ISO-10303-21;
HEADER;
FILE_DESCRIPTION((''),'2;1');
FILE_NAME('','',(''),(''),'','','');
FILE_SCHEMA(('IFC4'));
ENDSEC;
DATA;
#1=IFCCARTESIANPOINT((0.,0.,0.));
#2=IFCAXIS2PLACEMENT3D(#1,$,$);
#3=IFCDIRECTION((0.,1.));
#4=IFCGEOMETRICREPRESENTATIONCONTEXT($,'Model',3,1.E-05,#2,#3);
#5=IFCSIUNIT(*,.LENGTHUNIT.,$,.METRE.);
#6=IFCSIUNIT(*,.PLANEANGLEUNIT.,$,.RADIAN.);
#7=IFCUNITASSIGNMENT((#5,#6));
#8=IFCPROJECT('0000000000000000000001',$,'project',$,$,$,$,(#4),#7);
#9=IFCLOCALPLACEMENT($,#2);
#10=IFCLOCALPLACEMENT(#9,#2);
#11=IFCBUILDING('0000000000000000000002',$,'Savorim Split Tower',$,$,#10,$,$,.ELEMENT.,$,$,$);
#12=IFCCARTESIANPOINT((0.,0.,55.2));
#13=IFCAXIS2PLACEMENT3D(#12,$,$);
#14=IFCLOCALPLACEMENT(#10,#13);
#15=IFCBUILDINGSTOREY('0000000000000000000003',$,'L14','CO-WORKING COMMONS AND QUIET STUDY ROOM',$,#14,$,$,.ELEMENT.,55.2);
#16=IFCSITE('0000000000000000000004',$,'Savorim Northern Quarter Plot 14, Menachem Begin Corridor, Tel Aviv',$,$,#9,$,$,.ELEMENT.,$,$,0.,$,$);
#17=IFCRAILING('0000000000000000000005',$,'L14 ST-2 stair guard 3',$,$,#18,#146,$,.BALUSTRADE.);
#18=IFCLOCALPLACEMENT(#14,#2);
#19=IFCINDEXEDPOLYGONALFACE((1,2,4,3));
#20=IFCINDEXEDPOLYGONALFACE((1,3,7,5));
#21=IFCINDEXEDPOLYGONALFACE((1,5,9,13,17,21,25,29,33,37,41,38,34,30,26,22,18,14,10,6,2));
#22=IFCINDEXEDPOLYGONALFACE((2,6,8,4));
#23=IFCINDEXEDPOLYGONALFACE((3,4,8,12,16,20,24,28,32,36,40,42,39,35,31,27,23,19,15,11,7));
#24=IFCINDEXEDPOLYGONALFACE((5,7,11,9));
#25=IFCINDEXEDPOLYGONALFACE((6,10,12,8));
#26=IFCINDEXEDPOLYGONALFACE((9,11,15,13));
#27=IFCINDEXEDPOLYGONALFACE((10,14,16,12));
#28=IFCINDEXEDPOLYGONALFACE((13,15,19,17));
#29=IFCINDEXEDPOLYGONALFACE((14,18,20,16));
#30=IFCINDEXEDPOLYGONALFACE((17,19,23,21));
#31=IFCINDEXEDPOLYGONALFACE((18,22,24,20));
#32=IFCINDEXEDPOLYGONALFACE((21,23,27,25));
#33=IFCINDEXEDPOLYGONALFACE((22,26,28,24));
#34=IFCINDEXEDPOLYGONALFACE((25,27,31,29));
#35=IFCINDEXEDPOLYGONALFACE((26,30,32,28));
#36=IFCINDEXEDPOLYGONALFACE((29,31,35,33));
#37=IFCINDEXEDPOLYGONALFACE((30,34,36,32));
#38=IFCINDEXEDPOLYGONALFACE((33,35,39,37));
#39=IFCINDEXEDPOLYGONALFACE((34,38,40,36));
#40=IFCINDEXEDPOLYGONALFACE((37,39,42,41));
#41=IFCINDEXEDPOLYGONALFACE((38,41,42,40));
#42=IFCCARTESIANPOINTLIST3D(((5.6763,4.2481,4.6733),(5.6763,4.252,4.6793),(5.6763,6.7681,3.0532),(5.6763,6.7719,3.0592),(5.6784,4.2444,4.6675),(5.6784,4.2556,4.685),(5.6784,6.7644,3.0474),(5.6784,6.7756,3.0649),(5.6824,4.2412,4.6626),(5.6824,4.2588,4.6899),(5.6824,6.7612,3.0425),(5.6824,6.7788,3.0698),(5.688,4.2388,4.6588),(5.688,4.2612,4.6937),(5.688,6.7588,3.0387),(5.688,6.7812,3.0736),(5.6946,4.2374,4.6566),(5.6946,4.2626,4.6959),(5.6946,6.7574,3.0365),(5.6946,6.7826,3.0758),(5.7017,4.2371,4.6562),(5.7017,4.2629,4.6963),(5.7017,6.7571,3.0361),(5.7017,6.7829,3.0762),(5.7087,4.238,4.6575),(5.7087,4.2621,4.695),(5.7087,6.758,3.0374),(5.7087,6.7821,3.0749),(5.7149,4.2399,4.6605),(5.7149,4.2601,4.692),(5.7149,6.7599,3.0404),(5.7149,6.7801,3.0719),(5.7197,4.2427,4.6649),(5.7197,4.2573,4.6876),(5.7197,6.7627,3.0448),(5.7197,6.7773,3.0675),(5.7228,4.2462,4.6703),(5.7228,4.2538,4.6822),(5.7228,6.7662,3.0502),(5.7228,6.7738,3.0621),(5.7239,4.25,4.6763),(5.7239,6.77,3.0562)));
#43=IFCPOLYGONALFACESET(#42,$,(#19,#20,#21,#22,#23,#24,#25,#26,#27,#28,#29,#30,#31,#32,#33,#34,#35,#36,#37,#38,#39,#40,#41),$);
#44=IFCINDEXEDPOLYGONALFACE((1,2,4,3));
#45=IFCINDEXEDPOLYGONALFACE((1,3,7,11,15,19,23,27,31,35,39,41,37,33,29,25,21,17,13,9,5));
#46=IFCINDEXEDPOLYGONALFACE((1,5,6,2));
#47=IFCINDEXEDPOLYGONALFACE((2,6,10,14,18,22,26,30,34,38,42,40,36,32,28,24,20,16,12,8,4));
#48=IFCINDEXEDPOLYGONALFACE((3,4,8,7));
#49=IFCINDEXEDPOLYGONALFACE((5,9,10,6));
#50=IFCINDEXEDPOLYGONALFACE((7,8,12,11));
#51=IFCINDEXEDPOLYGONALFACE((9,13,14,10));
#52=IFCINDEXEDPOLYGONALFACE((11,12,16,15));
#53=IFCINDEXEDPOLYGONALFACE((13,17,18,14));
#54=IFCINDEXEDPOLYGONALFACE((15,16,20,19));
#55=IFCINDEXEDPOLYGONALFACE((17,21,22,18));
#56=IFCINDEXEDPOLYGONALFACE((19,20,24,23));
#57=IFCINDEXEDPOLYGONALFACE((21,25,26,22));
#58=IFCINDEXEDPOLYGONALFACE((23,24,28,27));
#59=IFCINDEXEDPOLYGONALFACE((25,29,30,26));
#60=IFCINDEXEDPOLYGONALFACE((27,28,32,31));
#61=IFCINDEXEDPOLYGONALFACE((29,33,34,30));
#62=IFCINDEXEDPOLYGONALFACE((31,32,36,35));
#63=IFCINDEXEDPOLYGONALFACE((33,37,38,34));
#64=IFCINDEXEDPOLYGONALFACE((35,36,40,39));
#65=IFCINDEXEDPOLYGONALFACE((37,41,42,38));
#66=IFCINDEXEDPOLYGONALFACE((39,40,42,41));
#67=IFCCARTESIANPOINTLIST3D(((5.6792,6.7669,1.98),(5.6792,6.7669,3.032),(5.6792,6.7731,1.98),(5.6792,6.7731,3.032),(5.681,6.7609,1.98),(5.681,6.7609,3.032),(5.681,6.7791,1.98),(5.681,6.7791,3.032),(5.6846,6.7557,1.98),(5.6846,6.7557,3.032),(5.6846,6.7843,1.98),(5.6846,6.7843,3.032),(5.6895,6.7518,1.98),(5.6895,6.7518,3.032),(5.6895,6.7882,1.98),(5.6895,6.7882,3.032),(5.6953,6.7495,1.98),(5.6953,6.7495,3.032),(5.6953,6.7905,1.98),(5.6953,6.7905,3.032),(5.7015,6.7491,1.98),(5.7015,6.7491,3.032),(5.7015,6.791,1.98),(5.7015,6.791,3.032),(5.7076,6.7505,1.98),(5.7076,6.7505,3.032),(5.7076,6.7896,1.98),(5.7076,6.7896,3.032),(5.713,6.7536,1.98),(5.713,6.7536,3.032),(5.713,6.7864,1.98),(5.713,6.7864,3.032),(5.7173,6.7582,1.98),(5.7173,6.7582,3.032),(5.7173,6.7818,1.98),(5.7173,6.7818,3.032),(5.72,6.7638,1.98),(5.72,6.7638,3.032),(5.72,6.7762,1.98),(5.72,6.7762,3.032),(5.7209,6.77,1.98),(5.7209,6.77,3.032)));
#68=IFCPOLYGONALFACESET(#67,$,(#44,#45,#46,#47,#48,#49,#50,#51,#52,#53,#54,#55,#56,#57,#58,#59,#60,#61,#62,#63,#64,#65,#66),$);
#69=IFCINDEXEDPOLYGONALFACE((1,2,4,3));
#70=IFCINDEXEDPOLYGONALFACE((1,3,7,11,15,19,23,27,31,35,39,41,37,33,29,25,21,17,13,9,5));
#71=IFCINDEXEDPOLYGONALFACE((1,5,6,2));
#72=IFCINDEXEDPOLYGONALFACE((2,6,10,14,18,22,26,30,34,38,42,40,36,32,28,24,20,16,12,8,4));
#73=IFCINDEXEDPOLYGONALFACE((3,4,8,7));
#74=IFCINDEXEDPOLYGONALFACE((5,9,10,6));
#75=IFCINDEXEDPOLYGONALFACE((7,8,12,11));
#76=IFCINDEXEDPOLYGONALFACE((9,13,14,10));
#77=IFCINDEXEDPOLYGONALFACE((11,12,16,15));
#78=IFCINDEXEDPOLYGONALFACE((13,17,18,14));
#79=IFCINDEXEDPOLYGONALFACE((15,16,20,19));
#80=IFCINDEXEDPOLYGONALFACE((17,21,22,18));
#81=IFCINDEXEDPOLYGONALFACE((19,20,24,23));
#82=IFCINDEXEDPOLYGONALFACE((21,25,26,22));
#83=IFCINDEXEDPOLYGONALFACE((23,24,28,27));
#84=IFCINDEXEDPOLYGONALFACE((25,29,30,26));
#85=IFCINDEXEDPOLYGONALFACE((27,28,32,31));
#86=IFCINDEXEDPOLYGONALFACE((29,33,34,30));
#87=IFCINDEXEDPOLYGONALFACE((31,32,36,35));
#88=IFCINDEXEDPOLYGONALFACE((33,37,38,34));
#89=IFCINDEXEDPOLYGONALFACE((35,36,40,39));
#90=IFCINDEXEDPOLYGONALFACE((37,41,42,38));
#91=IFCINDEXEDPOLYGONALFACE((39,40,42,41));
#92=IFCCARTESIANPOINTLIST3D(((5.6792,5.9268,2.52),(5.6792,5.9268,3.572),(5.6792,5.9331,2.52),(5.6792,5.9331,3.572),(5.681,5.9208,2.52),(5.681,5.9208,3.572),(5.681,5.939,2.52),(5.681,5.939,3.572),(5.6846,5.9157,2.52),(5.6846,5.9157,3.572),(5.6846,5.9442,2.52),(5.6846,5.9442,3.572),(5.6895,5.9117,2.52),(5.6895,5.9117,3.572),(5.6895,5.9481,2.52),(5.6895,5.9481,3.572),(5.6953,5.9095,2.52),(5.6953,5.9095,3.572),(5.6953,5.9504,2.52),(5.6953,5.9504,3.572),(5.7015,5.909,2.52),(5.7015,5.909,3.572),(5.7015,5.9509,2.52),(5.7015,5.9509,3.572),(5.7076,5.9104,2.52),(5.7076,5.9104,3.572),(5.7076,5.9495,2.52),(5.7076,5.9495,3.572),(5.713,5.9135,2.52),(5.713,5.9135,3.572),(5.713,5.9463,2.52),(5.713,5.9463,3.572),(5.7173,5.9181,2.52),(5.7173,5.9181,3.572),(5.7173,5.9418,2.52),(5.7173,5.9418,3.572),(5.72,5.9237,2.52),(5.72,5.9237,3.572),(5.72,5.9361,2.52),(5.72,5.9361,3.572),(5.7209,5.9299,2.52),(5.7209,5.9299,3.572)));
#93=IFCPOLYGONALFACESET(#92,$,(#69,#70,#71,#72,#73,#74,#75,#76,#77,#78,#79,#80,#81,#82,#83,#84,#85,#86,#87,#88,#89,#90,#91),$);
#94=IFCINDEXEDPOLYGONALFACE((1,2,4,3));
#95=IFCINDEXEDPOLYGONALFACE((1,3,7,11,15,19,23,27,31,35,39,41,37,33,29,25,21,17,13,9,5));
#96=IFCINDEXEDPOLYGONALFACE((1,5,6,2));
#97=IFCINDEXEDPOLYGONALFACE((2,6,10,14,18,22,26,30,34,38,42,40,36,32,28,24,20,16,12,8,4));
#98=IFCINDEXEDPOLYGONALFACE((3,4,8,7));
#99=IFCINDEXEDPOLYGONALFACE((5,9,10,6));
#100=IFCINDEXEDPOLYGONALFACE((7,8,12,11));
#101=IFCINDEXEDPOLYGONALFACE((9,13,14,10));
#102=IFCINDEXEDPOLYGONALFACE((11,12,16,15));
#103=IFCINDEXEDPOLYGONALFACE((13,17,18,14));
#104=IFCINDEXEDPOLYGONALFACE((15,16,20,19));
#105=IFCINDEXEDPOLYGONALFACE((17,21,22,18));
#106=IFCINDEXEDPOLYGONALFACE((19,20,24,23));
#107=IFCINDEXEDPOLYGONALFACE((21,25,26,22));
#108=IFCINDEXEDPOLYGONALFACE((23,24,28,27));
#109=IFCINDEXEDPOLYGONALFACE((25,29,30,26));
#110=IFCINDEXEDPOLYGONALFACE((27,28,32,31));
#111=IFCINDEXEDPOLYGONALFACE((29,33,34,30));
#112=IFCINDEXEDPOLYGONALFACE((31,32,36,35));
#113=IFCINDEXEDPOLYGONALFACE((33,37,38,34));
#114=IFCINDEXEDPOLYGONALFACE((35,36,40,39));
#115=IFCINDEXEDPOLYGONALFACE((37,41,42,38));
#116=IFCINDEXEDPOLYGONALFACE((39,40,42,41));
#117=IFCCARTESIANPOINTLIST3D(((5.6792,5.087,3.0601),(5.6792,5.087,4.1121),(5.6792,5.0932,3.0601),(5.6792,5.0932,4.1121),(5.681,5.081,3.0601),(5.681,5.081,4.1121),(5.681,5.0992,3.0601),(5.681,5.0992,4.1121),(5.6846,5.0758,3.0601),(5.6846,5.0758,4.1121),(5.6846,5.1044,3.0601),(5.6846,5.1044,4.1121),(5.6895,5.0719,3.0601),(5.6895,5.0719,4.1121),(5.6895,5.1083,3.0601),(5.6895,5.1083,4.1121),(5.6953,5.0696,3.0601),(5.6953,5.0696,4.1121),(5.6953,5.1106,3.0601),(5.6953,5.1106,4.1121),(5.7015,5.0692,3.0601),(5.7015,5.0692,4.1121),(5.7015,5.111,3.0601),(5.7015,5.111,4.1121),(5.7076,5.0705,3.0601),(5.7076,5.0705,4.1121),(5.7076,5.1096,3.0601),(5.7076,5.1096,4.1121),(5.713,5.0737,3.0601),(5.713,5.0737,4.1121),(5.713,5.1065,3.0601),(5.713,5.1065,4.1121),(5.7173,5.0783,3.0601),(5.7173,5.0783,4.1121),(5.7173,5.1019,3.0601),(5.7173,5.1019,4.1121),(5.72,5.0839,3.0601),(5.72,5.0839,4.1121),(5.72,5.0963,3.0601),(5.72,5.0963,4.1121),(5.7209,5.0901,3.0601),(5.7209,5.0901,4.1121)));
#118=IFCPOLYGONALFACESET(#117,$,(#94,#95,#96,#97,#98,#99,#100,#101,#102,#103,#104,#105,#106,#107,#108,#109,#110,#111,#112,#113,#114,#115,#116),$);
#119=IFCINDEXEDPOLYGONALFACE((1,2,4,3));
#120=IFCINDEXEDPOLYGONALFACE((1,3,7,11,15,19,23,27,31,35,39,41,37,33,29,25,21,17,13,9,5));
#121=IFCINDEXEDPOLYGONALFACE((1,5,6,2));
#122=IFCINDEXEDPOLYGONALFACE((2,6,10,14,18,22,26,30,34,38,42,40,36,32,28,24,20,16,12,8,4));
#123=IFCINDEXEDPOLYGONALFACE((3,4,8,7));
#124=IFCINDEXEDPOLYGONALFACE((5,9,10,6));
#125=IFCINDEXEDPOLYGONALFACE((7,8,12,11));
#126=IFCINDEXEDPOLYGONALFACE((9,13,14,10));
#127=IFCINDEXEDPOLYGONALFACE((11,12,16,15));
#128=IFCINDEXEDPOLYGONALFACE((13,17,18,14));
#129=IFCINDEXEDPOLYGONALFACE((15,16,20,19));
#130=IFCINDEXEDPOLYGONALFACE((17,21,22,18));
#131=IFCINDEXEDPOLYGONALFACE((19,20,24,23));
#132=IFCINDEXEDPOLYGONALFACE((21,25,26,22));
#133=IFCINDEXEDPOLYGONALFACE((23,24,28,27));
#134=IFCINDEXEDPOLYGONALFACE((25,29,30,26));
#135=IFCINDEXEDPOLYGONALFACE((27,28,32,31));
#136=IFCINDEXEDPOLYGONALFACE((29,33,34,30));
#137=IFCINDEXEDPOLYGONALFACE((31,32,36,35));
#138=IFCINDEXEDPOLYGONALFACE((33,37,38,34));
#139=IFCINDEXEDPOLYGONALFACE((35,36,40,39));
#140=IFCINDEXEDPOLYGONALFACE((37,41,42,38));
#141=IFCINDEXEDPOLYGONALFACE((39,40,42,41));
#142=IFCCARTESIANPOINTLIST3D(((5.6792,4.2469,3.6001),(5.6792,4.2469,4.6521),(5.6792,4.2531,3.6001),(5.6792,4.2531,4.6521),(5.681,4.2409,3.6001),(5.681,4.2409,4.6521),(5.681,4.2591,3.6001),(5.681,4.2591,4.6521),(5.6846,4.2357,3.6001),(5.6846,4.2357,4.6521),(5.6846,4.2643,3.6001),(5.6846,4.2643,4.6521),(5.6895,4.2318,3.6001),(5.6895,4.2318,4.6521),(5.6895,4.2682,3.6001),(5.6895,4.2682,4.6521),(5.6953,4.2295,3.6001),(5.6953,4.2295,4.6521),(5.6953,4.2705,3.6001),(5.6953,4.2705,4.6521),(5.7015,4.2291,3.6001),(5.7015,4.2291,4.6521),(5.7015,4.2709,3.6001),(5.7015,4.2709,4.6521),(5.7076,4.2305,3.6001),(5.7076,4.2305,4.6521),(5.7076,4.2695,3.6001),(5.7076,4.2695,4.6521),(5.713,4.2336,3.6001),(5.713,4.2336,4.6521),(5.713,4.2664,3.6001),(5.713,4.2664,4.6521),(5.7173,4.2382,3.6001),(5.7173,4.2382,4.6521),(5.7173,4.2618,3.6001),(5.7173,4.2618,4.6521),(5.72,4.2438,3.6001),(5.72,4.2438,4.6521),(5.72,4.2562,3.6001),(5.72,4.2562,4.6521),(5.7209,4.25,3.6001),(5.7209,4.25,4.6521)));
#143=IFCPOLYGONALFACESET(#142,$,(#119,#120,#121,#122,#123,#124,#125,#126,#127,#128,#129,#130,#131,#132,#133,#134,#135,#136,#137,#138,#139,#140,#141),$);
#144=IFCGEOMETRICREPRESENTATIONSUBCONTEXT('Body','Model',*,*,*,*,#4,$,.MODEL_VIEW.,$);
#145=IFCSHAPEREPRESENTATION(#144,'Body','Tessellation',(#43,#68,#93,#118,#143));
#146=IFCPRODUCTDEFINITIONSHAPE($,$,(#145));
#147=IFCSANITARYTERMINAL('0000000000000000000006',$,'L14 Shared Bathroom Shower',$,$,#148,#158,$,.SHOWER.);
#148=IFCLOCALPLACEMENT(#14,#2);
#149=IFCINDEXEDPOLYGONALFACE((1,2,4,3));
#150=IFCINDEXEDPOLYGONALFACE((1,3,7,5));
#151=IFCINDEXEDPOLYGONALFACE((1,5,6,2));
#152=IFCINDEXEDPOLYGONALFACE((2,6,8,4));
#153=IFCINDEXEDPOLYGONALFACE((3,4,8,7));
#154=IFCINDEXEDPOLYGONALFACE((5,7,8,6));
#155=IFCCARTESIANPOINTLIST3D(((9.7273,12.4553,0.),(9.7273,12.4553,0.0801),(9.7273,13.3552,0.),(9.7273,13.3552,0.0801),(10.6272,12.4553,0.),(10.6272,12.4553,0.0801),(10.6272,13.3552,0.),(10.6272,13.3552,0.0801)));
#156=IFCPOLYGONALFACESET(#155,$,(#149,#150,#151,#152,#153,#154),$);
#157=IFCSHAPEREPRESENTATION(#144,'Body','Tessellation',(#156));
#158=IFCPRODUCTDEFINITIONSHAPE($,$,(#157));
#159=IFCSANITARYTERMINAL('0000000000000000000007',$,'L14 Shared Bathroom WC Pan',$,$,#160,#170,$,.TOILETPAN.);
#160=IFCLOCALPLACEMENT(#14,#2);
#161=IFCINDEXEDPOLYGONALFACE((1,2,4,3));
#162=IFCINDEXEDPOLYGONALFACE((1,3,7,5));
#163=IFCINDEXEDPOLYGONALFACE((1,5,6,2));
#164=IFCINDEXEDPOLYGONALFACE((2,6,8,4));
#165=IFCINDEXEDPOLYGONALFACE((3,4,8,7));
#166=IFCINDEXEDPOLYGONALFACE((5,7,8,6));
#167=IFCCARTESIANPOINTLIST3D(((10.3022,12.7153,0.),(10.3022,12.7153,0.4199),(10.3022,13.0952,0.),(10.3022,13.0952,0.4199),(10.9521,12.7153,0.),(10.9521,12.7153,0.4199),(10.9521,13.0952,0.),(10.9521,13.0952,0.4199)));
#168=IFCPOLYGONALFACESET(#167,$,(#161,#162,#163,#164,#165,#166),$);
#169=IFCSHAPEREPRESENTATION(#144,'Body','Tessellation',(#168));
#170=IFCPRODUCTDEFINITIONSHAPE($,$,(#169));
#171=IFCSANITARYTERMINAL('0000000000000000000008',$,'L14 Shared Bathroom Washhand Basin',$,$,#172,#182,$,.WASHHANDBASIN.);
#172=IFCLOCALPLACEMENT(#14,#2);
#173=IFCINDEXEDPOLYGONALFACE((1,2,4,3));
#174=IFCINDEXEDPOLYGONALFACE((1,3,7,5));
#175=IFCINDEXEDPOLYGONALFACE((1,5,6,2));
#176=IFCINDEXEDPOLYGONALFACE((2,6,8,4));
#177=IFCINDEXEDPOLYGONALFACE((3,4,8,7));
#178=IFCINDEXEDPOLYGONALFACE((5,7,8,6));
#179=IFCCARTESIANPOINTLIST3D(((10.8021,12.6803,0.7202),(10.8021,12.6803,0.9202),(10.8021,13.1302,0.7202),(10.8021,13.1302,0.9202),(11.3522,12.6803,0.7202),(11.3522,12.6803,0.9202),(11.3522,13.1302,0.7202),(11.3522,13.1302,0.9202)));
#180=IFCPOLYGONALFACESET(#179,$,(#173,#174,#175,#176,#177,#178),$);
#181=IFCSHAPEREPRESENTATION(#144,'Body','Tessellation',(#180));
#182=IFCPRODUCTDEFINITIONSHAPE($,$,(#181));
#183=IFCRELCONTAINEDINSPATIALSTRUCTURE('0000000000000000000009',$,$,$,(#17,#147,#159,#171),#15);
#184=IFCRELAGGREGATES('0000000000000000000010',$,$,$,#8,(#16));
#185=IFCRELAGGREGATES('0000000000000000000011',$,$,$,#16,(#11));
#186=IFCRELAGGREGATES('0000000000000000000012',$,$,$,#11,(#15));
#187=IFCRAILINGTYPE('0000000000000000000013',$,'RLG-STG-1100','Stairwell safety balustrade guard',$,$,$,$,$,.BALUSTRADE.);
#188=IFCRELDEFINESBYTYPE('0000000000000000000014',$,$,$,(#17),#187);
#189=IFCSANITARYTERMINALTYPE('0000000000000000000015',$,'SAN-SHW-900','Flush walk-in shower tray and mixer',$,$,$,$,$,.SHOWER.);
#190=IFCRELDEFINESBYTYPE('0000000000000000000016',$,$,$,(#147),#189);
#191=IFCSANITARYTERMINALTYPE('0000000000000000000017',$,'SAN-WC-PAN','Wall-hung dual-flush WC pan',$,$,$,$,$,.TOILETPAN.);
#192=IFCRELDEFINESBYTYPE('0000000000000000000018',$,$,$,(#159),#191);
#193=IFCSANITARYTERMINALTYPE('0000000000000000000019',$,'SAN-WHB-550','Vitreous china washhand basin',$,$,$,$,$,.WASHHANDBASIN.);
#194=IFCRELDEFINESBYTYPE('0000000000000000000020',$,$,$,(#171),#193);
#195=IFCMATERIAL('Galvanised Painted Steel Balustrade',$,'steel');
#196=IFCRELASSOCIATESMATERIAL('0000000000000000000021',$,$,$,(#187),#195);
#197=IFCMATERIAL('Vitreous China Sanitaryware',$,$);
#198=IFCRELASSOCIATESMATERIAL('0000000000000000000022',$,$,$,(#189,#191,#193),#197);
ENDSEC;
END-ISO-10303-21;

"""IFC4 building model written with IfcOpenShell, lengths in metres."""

from ifc_helpers import new_model, si_unit, direction, frame, origin, origin_2d, place, context, subcontext, project, spatial, rectangle, circle, extrude, material, type_object, element, save


model = new_model("IFC4")

# Units and contexts
model_context = context("Model", 3, precision=1e-05, world=origin(), true_north=direction((0.0, 1.0)))
body_context = subcontext(model_context, "Body", "Model", "MODEL_VIEW")
ifc_project = project(units=[si_unit("LENGTHUNIT", "METRE"), si_unit("PLANEANGLEUNIT", "RADIAN")], contexts=[model_context])

# Site, building, storey
site_placement = place(None, origin())
site = spatial("IfcSite", under=ifc_project, at=site_placement, Name="Savorim Northern Quarter Plot 14, Menachem Begin Corridor, Tel Aviv", CompositionType="ELEMENT", RefElevation=0.0)
building_placement = place(site_placement, origin())
building = spatial("IfcBuilding", under=site, at=building_placement, Name="Savorim Split Tower", CompositionType="ELEMENT")
storey_placement = place(building_placement, frame((0.0, 0.0, 55.2)))
storey = spatial("IfcBuildingStorey", under=building, at=storey_placement, Name="L14", Description="CO-WORKING COMMONS AND QUIET STUDY ROOM", CompositionType="ELEMENT", Elevation=55.2)

# Railing
ifc_material_1 = material(Name="Galvanised Painted Steel Balustrade", Category="steel")
railing_type = type_object("IfcRailingType", Name="RLG-STG-1100", Description="Stairwell safety balustrade guard", PredefinedType="BALUSTRADE", material=ifc_material_1)
railing_1_placement = place(storey_placement, frame((5.7, 6.77, 1.98)))
element("IfcRailing", 1, at=railing_1_placement, inside=storey, type_object=railing_type, Name="L14 ST-2 stair guard 3", PredefinedType="BALUSTRADE", context=body_context, shape_type="SweptSolid", body=[
    extrude(circle(Radius=0.0239, at=origin_2d()), frame((0.0, 0.0, 1.0762), z_axis=(0.0, -0.841163, 0.540782), x_axis=(1.0, 0.0, 0.0)), (0.0, 0.0, 1.0), 2.9958),
    extrude(circle(Radius=0.021, at=origin_2d()), origin(), (0.0, 0.0, 1.0), 1.052),
    extrude(circle(Radius=0.021, at=origin_2d()), frame((0.0, -0.8401, 0.54)), (0.0, 0.0, 1.0), 1.052),
    extrude(circle(Radius=0.021, at=origin_2d()), frame((0.0, -1.6799, 1.0801)), (0.0, 0.0, 1.0), 1.052),
    extrude(circle(Radius=0.021, at=origin_2d()), frame((0.0, -2.52, 1.6201)), (0.0, 0.0, 1.0), 1.052),
])

# Sanitary terminals
ifc_material_2 = material(Name="Vitreous China Sanitaryware")
sanitary_terminal_type_1 = type_object("IfcSanitaryTerminalType", Name="SAN-SHW-900", Description="Flush walk-in shower tray and mixer", PredefinedType="SHOWER", material=ifc_material_2)
sanitary_terminal_1_placement = place(storey_placement, frame((10.1772, 12.9053, 0.0), z_axis=(0.0, 0.0, 1.0), x_axis=(1.0, 0.0, 0.0)))
element("IfcSanitaryTerminal", 2, at=sanitary_terminal_1_placement, inside=storey, type_object=sanitary_terminal_type_1, Name="L14 Shared Bathroom Shower", PredefinedType="SHOWER", context=body_context, shape_type="SweptSolid", body=[
    extrude(rectangle(XDim=0.8999, YDim=0.8999, at=origin_2d()), origin(), (0.0, 0.0, 1.0), 0.0801),
])
sanitary_terminal_type_2 = type_object("IfcSanitaryTerminalType", Name="SAN-WC-PAN", Description="Wall-hung dual-flush WC pan", PredefinedType="TOILETPAN", material=ifc_material_2)
sanitary_terminal_2_placement = place(storey_placement, frame((10.6272, 12.9053, 0.0), z_axis=(0.0, 0.0, 1.0), x_axis=(1.0, 0.0, 0.0)))
element("IfcSanitaryTerminal", 3, at=sanitary_terminal_2_placement, inside=storey, type_object=sanitary_terminal_type_2, Name="L14 Shared Bathroom WC Pan", PredefinedType="TOILETPAN", context=body_context, shape_type="SweptSolid", body=[
    extrude(rectangle(XDim=0.6499, YDim=0.3799, at=origin_2d()), origin(), (0.0, 0.0, 1.0), 0.4199),
])
sanitary_terminal_type_3 = type_object("IfcSanitaryTerminalType", Name="SAN-WHB-550", Description="Vitreous china washhand basin", PredefinedType="WASHHANDBASIN", material=ifc_material_2)
sanitary_terminal_3_placement = place(storey_placement, frame((11.0771, 12.9053, 0.7202), z_axis=(0.0, 0.0, 1.0), x_axis=(1.0, 0.0, 0.0)))
element("IfcSanitaryTerminal", 4, at=sanitary_terminal_3_placement, inside=storey, type_object=sanitary_terminal_type_3, Name="L14 Shared Bathroom Washhand Basin", PredefinedType="WASHHANDBASIN", context=body_context, shape_type="SweptSolid", body=[
    extrude(rectangle(XDim=0.55, YDim=0.45, at=origin_2d()), origin(), (0.0, 0.0, 1.0), 0.2),
])

save(model, "model.ifc")
